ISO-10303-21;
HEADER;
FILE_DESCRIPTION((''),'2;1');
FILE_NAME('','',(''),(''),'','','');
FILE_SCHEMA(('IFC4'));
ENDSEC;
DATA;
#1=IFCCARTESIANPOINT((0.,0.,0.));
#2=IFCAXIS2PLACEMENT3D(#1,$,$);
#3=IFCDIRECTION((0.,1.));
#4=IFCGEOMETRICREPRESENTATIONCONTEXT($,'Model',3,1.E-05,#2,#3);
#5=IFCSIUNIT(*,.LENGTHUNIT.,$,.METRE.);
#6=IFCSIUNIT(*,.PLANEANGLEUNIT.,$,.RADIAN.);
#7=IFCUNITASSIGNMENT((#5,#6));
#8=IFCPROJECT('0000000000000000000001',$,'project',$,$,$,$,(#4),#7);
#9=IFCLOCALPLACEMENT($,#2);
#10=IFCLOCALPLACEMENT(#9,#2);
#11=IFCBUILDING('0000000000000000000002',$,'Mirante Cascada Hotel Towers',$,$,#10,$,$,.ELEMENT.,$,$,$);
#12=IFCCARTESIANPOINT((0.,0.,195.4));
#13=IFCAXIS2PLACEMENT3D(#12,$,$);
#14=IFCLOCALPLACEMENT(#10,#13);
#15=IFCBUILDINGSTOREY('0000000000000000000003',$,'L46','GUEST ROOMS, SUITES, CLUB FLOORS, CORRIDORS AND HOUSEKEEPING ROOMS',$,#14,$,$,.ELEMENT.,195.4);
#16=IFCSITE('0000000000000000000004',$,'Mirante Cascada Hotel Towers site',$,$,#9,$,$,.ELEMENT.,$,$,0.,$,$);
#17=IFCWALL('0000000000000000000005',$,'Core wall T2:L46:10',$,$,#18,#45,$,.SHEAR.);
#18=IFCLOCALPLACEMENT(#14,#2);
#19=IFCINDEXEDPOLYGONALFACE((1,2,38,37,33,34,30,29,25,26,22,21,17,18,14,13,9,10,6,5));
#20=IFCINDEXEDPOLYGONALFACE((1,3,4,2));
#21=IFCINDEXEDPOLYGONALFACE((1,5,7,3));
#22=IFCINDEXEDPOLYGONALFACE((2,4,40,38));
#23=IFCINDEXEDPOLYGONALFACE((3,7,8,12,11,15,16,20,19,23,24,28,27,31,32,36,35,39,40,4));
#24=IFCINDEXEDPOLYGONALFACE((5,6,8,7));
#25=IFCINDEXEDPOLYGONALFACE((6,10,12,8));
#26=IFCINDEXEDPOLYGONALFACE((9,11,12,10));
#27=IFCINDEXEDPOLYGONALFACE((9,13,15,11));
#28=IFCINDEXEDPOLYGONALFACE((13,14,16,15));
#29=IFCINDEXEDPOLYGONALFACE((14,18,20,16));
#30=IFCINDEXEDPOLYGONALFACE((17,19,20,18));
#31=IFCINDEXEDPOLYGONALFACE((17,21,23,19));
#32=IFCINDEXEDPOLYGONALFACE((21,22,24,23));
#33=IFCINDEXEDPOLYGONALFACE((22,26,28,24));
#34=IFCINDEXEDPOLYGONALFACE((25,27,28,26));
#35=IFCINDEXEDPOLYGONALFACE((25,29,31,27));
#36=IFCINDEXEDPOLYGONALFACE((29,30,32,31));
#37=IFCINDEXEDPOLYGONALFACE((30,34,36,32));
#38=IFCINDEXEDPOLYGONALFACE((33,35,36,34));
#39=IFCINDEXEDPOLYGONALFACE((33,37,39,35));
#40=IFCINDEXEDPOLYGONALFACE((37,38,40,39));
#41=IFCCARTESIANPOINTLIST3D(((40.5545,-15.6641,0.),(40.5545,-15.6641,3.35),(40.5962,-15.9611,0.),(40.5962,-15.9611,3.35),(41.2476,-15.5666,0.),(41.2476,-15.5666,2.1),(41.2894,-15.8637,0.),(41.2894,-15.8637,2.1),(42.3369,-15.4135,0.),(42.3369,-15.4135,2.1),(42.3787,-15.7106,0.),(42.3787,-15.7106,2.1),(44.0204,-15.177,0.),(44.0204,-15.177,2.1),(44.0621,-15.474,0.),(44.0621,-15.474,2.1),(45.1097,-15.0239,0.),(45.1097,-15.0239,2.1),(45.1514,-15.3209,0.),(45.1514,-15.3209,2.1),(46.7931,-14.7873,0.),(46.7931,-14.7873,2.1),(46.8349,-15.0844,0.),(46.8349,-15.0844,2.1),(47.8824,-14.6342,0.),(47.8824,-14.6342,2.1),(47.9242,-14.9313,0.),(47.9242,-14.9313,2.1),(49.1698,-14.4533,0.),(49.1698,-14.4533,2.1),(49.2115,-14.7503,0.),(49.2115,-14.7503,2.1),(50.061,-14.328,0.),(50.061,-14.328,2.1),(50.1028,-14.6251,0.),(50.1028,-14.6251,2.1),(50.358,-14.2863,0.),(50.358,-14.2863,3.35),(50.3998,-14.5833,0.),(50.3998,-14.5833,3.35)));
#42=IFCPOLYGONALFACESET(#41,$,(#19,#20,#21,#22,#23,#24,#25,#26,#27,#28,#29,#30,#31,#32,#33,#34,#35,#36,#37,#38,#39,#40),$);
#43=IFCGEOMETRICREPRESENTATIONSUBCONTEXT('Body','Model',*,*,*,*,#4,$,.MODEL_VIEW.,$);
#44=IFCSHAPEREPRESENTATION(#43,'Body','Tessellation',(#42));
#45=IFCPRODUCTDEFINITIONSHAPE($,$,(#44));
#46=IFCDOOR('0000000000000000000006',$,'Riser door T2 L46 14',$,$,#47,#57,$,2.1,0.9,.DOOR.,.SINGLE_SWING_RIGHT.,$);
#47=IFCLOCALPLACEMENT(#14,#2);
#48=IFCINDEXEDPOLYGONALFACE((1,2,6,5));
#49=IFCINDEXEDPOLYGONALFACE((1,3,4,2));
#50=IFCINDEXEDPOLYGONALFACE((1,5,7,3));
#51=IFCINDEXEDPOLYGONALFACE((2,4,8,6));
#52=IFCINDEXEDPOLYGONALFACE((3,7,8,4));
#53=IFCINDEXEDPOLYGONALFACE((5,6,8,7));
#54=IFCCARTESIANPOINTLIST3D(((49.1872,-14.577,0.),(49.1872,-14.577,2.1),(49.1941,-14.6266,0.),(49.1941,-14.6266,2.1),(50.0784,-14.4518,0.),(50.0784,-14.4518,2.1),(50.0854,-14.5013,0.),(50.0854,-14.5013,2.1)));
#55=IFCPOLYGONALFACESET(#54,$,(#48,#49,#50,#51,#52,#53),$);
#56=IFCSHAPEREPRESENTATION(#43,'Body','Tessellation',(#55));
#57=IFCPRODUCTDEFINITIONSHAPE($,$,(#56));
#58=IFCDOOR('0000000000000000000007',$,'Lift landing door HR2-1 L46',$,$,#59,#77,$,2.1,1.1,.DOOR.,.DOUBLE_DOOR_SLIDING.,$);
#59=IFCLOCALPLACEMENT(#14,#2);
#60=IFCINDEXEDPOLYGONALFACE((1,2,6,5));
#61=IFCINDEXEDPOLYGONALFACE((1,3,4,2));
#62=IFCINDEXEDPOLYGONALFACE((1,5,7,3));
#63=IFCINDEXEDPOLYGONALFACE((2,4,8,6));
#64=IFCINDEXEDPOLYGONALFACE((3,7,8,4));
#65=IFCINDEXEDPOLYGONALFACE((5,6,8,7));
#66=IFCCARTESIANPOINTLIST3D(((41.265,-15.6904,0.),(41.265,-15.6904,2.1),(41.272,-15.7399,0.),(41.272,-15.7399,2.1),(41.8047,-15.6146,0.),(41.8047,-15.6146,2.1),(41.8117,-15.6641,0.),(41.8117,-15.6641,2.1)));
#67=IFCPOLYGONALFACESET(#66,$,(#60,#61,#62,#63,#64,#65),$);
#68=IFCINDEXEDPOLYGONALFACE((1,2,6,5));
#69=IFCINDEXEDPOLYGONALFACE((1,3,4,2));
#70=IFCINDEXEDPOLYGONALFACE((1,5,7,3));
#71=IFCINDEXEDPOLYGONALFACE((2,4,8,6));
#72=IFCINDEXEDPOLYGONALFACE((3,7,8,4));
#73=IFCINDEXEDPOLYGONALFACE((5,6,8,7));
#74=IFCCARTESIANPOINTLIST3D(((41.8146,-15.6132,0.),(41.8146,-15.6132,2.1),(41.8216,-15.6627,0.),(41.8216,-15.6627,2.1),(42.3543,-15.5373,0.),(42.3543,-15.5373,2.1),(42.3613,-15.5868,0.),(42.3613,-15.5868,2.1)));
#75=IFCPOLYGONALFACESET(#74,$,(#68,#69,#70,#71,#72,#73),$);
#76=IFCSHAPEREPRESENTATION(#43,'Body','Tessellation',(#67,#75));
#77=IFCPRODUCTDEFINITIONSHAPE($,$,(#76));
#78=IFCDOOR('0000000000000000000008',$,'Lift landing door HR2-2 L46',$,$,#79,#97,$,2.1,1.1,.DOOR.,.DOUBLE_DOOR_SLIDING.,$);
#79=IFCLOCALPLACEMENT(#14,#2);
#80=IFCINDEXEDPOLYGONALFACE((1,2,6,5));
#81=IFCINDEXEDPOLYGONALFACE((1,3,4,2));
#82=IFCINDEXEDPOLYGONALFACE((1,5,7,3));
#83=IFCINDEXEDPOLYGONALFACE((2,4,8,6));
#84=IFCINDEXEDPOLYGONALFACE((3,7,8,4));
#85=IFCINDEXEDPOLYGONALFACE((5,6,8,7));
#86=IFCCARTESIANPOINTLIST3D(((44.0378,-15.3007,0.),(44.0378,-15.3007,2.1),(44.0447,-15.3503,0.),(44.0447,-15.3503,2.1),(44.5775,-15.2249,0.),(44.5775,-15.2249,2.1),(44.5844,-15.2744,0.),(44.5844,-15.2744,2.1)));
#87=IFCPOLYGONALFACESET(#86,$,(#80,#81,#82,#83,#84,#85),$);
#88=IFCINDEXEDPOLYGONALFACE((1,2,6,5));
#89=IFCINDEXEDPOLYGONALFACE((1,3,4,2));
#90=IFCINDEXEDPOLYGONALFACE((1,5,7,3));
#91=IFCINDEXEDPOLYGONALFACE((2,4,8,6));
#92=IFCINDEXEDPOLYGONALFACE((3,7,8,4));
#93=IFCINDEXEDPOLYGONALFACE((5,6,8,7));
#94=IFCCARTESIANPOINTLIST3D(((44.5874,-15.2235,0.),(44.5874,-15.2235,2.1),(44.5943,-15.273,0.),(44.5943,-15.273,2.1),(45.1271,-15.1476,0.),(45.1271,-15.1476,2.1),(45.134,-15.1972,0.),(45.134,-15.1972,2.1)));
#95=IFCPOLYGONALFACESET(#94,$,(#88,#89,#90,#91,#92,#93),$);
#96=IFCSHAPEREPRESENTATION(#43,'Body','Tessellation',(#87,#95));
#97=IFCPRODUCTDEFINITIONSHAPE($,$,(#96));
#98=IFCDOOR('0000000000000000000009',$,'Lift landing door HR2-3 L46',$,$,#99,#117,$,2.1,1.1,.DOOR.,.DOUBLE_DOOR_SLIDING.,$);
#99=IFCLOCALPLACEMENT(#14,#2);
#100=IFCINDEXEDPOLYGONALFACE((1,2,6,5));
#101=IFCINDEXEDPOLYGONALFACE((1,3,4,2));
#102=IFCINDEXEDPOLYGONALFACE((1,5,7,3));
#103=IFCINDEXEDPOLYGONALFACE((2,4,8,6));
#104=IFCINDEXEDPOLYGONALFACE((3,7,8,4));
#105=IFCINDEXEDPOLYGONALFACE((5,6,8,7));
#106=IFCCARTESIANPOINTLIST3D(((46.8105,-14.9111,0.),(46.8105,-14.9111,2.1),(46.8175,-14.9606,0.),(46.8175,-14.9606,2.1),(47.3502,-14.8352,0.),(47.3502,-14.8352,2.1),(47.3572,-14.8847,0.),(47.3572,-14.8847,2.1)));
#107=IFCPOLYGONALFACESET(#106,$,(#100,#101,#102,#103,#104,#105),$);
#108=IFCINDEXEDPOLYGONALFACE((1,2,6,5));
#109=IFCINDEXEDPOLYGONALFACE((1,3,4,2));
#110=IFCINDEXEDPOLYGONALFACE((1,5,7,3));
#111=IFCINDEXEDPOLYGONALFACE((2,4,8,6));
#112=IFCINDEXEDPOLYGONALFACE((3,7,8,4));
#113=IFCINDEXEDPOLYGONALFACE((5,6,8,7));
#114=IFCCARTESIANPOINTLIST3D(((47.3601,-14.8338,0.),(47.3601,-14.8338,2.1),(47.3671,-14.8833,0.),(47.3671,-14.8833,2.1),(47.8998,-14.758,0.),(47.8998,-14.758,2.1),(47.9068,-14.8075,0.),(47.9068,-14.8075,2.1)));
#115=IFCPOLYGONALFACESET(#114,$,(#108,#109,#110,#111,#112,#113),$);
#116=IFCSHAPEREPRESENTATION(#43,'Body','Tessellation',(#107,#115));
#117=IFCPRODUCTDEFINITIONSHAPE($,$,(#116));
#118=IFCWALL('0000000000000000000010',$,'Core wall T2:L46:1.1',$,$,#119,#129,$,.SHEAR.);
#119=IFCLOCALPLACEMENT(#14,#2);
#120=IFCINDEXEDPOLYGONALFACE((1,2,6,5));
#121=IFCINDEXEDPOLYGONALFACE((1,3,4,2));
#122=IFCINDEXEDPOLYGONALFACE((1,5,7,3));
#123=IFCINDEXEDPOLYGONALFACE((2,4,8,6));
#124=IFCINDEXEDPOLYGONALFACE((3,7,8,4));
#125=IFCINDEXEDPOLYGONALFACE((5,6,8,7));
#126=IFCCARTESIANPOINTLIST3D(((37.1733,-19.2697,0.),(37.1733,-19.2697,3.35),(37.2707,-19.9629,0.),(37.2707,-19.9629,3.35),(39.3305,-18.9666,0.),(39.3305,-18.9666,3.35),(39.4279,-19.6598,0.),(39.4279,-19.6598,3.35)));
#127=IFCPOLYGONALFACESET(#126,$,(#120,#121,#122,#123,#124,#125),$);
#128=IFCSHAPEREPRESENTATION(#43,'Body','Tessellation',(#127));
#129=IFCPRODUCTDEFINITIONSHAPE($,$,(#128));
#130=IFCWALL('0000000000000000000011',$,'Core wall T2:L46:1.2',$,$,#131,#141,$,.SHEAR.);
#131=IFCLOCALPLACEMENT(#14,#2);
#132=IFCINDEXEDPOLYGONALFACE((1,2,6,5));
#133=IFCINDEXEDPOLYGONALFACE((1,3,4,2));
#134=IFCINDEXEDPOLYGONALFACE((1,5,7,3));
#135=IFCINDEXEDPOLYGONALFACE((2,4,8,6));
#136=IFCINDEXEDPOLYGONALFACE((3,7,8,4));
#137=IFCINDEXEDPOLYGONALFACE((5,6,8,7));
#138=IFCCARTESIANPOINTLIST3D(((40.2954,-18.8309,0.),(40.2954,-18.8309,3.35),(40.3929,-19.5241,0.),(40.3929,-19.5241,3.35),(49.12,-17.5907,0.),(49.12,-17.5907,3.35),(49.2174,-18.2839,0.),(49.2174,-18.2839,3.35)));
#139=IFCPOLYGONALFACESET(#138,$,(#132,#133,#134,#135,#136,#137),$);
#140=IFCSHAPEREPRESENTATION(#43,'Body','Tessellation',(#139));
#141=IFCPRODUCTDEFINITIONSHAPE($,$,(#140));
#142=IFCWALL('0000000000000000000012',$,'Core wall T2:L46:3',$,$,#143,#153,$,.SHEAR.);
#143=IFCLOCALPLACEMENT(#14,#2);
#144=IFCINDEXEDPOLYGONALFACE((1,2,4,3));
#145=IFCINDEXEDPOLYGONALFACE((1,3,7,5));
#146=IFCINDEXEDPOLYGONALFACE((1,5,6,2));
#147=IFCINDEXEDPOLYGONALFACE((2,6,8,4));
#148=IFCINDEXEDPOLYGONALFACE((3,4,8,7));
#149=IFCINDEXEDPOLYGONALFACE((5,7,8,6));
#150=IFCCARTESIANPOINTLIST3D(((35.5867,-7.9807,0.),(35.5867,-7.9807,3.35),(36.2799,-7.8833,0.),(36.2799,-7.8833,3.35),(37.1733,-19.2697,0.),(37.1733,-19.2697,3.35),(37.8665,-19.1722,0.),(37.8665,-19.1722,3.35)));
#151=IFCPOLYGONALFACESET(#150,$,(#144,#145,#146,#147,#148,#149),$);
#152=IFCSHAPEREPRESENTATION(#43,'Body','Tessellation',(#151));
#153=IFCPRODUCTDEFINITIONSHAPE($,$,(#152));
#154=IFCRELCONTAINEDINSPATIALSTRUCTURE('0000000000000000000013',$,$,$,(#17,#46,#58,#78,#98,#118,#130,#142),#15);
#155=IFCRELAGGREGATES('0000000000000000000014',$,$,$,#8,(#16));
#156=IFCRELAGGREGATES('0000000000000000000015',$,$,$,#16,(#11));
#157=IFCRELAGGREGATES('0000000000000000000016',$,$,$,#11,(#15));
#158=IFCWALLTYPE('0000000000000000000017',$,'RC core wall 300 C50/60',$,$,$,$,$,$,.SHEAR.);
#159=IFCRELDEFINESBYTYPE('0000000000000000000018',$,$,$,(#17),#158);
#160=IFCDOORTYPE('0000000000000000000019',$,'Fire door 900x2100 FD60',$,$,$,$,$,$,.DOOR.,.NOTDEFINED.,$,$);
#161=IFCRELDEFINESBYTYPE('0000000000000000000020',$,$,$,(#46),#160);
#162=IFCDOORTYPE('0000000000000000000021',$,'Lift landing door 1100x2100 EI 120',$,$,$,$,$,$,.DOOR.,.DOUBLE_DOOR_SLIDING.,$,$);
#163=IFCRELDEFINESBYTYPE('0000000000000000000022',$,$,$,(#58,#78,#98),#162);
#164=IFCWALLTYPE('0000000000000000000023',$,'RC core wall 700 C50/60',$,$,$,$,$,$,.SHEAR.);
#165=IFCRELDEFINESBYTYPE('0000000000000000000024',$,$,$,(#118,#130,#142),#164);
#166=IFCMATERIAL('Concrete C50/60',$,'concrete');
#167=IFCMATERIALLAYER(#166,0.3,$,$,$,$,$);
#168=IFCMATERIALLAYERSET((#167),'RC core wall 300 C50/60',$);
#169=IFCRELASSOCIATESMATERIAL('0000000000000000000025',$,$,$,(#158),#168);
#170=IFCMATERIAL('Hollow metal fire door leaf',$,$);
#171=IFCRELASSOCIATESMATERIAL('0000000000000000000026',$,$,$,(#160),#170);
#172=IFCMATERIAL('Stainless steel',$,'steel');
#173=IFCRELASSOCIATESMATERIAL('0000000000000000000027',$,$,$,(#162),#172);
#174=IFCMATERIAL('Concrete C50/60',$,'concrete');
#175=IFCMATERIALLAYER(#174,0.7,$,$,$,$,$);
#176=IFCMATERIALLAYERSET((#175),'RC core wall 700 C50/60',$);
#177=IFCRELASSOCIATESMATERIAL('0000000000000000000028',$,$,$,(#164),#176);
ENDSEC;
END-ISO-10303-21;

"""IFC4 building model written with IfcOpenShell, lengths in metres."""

from ifc_helpers import new_model, si_unit, direction, frame, frame_2d, origin, place, context, subcontext, project, spatial, rectangle, extrude, material, layer, layer_set, type_object, element, fill, save


model = new_model("IFC4")

# Units and contexts
model_context = context("Model", 3, precision=1e-05, world=origin(), true_north=direction((0.0, 1.0)))
body_context = subcontext(model_context, "Body", "Model", "MODEL_VIEW")
ifc_project = project(units=[si_unit("LENGTHUNIT", "METRE"), si_unit("PLANEANGLEUNIT", "RADIAN")], contexts=[model_context])

# Site, building, storey
site_placement = place(None, origin())
site = spatial("IfcSite", under=ifc_project, at=site_placement, Name="Mirante Cascada Hotel Towers site", CompositionType="ELEMENT", RefElevation=0.0)
building_placement = place(site_placement, origin())
building = spatial("IfcBuilding", under=site, at=building_placement, Name="Mirante Cascada Hotel Towers", CompositionType="ELEMENT")
storey_placement = place(building_placement, frame((0.0, 0.0, 195.4)))
storey = spatial("IfcBuildingStorey", under=building, at=storey_placement, Name="L46", Description="GUEST ROOMS, SUITES, CLUB FLOORS, CORRIDORS AND HOUSEKEEPING ROOMS", CompositionType="ELEMENT", Elevation=195.4)

# Shared definitions
ifc_material_1 = material(Name="Concrete C50/60", Category="concrete")
ifc_layer_1 = layer(ifc_material_1, 0.3)
ifc_layer_set_1 = layer_set([ifc_layer_1], Name="RC core wall 300 C50/60")
wall_type_1 = type_object("IfcWallType", Name="RC core wall 300 C50/60", PredefinedType="SHEAR", material=ifc_layer_set_1)

# Wall, openings, doors
wall_1_placement = place(storey_placement, frame((40.5753, -15.8126, 0.0), z_axis=(0.0, 0.0, 1.0), x_axis=(0.990268, 0.139173, 0.0)))
wall_1 = element("IfcWall", 1, at=wall_1_placement, inside=storey, type_object=wall_type_1, Name="Core wall T2:L46:10", PredefinedType="SHEAR", context=body_context, shape_type="SweptSolid", body=[
    extrude(rectangle(XDim=9.8999, YDim=0.3, at=frame_2d((4.95, 0.0))), origin(), (0.0, 0.0, 1.0), 3.35),
])
opening_1_placement = place(wall_1_placement, frame((0.7, 0.0, 0.0)))
opening_1 = element("IfcOpeningElement", 2, at=opening_1_placement, cuts=wall_1, PredefinedType="OPENING", context=body_context, shape_type="SweptSolid", body=[
    extrude(rectangle(XDim=1.1, YDim=2.1, at=frame_2d((0.55, 1.05))), frame((0.0, 0.15, 0.0), z_axis=(0.0, -1.0, 0.0), x_axis=(1.0, 0.0, 0.0)), (0.0, 0.0, 1.0), 0.3),
])
opening_2_placement = place(wall_1_placement, frame((3.5, 0.0, 0.0)))
opening_2 = element("IfcOpeningElement", 3, at=opening_2_placement, cuts=wall_1, PredefinedType="OPENING", context=body_context, shape_type="SweptSolid", body=[
    extrude(rectangle(XDim=1.1, YDim=2.1, at=frame_2d((0.55, 1.05))), frame((0.0, 0.15, 0.0), z_axis=(0.0, -1.0, 0.0), x_axis=(1.0, 0.0, 0.0)), (0.0, 0.0, 1.0), 0.3),
])
opening_3_placement = place(wall_1_placement, frame((6.3, 0.0, 0.0)))
opening_3 = element("IfcOpeningElement", 4, at=opening_3_placement, cuts=wall_1, PredefinedType="OPENING", context=body_context, shape_type="SweptSolid", body=[
    extrude(rectangle(XDim=1.1, YDim=2.1, at=frame_2d((0.55, 1.05))), frame((0.0, 0.15, 0.0), z_axis=(0.0, -1.0, 0.0), x_axis=(1.0, 0.0, 0.0)), (0.0, 0.0, 1.0), 0.3),
])
opening_4_placement = place(wall_1_placement, frame((8.7, 0.0, 0.0)))
opening_4 = element("IfcOpeningElement", 5, at=opening_4_placement, cuts=wall_1, PredefinedType="OPENING", context=body_context, shape_type="SweptSolid", body=[
    extrude(rectangle(XDim=0.9, YDim=2.1, at=frame_2d((0.45, 1.05))), frame((0.0, 0.15, 0.0), z_axis=(0.0, -1.0, 0.0), x_axis=(1.0, 0.0, 0.0)), (0.0, 0.0, 1.0), 0.3),
])
ifc_material_2 = material(Name="Hollow metal fire door leaf")
door_type_1 = type_object("IfcDoorType", Name="Fire door 900x2100 FD60", OperationType="NOTDEFINED", PredefinedType="DOOR", material=ifc_material_2)
door_1_placement = place(opening_4_placement, frame((0.9, 0.0, 0.0), z_axis=(0.0, 0.0, 1.0), x_axis=(-1.0, 0.0, 0.0)))
door_1 = element("IfcDoor", 6, at=door_1_placement, inside=storey, type_object=door_type_1, Name="Riser door T2 L46 14", OperationType="SINGLE_SWING_RIGHT", OverallHeight=2.1, OverallWidth=0.9, PredefinedType="DOOR", context=body_context, shape_type="SweptSolid", body=[
    extrude(rectangle(XDim=0.9, YDim=2.1, at=frame_2d((0.45, 1.05))), frame((0.0, 0.025, 0.0), z_axis=(0.0, -1.0, 0.0), x_axis=(1.0, 0.0, 0.0)), (0.0, 0.0, 1.0), 0.05),
])
fill(opening_4, door_1)
ifc_material_3 = material(Name="Stainless steel", Category="steel")
door_type_2 = type_object("IfcDoorType", Name="Lift landing door 1100x2100 EI 120", OperationType="DOUBLE_DOOR_SLIDING", PredefinedType="DOOR", material=ifc_material_3)
door_2_placement = place(opening_1_placement, origin())
door_2 = element("IfcDoor", 7, at=door_2_placement, inside=storey, type_object=door_type_2, Name="Lift landing door HR2-1 L46", OperationType="DOUBLE_DOOR_SLIDING", OverallHeight=2.1, OverallWidth=1.1, PredefinedType="DOOR", context=body_context, shape_type="SweptSolid", body=[
    extrude(rectangle(XDim=0.545, YDim=2.1, at=frame_2d((0.2725, 1.05))), frame((0.0, 0.025, 0.0), z_axis=(0.0, -1.0, 0.0), x_axis=(1.0, 0.0, 0.0)), (0.0, 0.0, 1.0), 0.05),
    extrude(rectangle(XDim=0.545, YDim=2.1, at=frame_2d((0.8275, 1.05))), frame((0.0, 0.025, 0.0), z_axis=(0.0, -1.0, 0.0), x_axis=(1.0, 0.0, 0.0)), (0.0, 0.0, 1.0), 0.05),
])
fill(opening_1, door_2)
door_3_placement = place(opening_2_placement, origin())
door_3 = element("IfcDoor", 8, at=door_3_placement, inside=storey, type_object=door_type_2, Name="Lift landing door HR2-2 L46", OperationType="DOUBLE_DOOR_SLIDING", OverallHeight=2.1, OverallWidth=1.1, PredefinedType="DOOR", context=body_context, shape_type="SweptSolid", body=[
    extrude(rectangle(XDim=0.545, YDim=2.1, at=frame_2d((0.2725, 1.05))), frame((0.0, 0.025, 0.0), z_axis=(0.0, -1.0, 0.0), x_axis=(1.0, 0.0, 0.0)), (0.0, 0.0, 1.0), 0.05),
    extrude(rectangle(XDim=0.545, YDim=2.1, at=frame_2d((0.8275, 1.05))), frame((0.0, 0.025, 0.0), z_axis=(0.0, -1.0, 0.0), x_axis=(1.0, 0.0, 0.0)), (0.0, 0.0, 1.0), 0.05),
])
fill(opening_2, door_3)
door_4_placement = place(opening_3_placement, origin())
door_4 = element("IfcDoor", 9, at=door_4_placement, inside=storey, type_object=door_type_2, Name="Lift landing door HR2-3 L46", OperationType="DOUBLE_DOOR_SLIDING", OverallHeight=2.1, OverallWidth=1.1, PredefinedType="DOOR", context=body_context, shape_type="SweptSolid", body=[
    extrude(rectangle(XDim=0.545, YDim=2.1, at=frame_2d((0.2725, 1.05))), frame((0.0, 0.025, 0.0), z_axis=(0.0, -1.0, 0.0), x_axis=(1.0, 0.0, 0.0)), (0.0, 0.0, 1.0), 0.05),
    extrude(rectangle(XDim=0.545, YDim=2.1, at=frame_2d((0.8275, 1.05))), frame((0.0, 0.025, 0.0), z_axis=(0.0, -1.0, 0.0), x_axis=(1.0, 0.0, 0.0)), (0.0, 0.0, 1.0), 0.05),
])
fill(opening_3, door_4)

# Walls
ifc_material_4 = material(Name="Concrete C50/60", Category="concrete")
ifc_layer_2 = layer(ifc_material_4, 0.7)
ifc_layer_set_2 = layer_set([ifc_layer_2], Name="RC core wall 700 C50/60")
wall_type_2 = type_object("IfcWallType", Name="RC core wall 700 C50/60", PredefinedType="SHEAR", material=ifc_layer_set_2)
wall_2_placement = place(storey_placement, frame((37.222, -19.6163, 0.0), z_axis=(0.0, 0.0, 1.0), x_axis=(0.990273, 0.139139, 0.0)))
element("IfcWall", 10, at=wall_2_placement, inside=storey, type_object=wall_type_2, Name="Core wall T2:L46:1.1", PredefinedType="SHEAR", context=body_context, shape_type="SweptSolid", body=[
    extrude(rectangle(XDim=2.1784, YDim=0.7, at=frame_2d((1.0892, 0.0))), origin(), (0.0, 0.0, 1.0), 3.35),
])
wall_3_placement = place(storey_placement, frame((40.3442, -19.1775, 0.0), z_axis=(0.0, 0.0, 1.0), x_axis=(0.990268, 0.139171, 0.0)))
element("IfcWall", 11, at=wall_3_placement, inside=storey, type_object=wall_type_2, Name="Core wall T2:L46:1.2", PredefinedType="SHEAR", context=body_context, shape_type="SweptSolid", body=[
    extrude(rectangle(XDim=8.9113, YDim=0.7, at=frame_2d((4.4556, 0.0))), origin(), (0.0, 0.0, 1.0), 3.35),
])
wall_4_placement = place(storey_placement, frame((37.5199, -19.221, 0.0), z_axis=(0.0, 0.0, 1.0), x_axis=(-0.139176, 0.990268, 0.0)))
element("IfcWall", 12, at=wall_4_placement, inside=storey, type_object=wall_type_2, Name="Core wall T2:L46:3", PredefinedType="SHEAR", context=body_context, shape_type="SweptSolid", body=[
    extrude(rectangle(XDim=11.3999, YDim=0.7, at=frame_2d((5.7, 0.0))), origin(), (0.0, 0.0, 1.0), 3.35),
])

save(model, "model.ifc")
